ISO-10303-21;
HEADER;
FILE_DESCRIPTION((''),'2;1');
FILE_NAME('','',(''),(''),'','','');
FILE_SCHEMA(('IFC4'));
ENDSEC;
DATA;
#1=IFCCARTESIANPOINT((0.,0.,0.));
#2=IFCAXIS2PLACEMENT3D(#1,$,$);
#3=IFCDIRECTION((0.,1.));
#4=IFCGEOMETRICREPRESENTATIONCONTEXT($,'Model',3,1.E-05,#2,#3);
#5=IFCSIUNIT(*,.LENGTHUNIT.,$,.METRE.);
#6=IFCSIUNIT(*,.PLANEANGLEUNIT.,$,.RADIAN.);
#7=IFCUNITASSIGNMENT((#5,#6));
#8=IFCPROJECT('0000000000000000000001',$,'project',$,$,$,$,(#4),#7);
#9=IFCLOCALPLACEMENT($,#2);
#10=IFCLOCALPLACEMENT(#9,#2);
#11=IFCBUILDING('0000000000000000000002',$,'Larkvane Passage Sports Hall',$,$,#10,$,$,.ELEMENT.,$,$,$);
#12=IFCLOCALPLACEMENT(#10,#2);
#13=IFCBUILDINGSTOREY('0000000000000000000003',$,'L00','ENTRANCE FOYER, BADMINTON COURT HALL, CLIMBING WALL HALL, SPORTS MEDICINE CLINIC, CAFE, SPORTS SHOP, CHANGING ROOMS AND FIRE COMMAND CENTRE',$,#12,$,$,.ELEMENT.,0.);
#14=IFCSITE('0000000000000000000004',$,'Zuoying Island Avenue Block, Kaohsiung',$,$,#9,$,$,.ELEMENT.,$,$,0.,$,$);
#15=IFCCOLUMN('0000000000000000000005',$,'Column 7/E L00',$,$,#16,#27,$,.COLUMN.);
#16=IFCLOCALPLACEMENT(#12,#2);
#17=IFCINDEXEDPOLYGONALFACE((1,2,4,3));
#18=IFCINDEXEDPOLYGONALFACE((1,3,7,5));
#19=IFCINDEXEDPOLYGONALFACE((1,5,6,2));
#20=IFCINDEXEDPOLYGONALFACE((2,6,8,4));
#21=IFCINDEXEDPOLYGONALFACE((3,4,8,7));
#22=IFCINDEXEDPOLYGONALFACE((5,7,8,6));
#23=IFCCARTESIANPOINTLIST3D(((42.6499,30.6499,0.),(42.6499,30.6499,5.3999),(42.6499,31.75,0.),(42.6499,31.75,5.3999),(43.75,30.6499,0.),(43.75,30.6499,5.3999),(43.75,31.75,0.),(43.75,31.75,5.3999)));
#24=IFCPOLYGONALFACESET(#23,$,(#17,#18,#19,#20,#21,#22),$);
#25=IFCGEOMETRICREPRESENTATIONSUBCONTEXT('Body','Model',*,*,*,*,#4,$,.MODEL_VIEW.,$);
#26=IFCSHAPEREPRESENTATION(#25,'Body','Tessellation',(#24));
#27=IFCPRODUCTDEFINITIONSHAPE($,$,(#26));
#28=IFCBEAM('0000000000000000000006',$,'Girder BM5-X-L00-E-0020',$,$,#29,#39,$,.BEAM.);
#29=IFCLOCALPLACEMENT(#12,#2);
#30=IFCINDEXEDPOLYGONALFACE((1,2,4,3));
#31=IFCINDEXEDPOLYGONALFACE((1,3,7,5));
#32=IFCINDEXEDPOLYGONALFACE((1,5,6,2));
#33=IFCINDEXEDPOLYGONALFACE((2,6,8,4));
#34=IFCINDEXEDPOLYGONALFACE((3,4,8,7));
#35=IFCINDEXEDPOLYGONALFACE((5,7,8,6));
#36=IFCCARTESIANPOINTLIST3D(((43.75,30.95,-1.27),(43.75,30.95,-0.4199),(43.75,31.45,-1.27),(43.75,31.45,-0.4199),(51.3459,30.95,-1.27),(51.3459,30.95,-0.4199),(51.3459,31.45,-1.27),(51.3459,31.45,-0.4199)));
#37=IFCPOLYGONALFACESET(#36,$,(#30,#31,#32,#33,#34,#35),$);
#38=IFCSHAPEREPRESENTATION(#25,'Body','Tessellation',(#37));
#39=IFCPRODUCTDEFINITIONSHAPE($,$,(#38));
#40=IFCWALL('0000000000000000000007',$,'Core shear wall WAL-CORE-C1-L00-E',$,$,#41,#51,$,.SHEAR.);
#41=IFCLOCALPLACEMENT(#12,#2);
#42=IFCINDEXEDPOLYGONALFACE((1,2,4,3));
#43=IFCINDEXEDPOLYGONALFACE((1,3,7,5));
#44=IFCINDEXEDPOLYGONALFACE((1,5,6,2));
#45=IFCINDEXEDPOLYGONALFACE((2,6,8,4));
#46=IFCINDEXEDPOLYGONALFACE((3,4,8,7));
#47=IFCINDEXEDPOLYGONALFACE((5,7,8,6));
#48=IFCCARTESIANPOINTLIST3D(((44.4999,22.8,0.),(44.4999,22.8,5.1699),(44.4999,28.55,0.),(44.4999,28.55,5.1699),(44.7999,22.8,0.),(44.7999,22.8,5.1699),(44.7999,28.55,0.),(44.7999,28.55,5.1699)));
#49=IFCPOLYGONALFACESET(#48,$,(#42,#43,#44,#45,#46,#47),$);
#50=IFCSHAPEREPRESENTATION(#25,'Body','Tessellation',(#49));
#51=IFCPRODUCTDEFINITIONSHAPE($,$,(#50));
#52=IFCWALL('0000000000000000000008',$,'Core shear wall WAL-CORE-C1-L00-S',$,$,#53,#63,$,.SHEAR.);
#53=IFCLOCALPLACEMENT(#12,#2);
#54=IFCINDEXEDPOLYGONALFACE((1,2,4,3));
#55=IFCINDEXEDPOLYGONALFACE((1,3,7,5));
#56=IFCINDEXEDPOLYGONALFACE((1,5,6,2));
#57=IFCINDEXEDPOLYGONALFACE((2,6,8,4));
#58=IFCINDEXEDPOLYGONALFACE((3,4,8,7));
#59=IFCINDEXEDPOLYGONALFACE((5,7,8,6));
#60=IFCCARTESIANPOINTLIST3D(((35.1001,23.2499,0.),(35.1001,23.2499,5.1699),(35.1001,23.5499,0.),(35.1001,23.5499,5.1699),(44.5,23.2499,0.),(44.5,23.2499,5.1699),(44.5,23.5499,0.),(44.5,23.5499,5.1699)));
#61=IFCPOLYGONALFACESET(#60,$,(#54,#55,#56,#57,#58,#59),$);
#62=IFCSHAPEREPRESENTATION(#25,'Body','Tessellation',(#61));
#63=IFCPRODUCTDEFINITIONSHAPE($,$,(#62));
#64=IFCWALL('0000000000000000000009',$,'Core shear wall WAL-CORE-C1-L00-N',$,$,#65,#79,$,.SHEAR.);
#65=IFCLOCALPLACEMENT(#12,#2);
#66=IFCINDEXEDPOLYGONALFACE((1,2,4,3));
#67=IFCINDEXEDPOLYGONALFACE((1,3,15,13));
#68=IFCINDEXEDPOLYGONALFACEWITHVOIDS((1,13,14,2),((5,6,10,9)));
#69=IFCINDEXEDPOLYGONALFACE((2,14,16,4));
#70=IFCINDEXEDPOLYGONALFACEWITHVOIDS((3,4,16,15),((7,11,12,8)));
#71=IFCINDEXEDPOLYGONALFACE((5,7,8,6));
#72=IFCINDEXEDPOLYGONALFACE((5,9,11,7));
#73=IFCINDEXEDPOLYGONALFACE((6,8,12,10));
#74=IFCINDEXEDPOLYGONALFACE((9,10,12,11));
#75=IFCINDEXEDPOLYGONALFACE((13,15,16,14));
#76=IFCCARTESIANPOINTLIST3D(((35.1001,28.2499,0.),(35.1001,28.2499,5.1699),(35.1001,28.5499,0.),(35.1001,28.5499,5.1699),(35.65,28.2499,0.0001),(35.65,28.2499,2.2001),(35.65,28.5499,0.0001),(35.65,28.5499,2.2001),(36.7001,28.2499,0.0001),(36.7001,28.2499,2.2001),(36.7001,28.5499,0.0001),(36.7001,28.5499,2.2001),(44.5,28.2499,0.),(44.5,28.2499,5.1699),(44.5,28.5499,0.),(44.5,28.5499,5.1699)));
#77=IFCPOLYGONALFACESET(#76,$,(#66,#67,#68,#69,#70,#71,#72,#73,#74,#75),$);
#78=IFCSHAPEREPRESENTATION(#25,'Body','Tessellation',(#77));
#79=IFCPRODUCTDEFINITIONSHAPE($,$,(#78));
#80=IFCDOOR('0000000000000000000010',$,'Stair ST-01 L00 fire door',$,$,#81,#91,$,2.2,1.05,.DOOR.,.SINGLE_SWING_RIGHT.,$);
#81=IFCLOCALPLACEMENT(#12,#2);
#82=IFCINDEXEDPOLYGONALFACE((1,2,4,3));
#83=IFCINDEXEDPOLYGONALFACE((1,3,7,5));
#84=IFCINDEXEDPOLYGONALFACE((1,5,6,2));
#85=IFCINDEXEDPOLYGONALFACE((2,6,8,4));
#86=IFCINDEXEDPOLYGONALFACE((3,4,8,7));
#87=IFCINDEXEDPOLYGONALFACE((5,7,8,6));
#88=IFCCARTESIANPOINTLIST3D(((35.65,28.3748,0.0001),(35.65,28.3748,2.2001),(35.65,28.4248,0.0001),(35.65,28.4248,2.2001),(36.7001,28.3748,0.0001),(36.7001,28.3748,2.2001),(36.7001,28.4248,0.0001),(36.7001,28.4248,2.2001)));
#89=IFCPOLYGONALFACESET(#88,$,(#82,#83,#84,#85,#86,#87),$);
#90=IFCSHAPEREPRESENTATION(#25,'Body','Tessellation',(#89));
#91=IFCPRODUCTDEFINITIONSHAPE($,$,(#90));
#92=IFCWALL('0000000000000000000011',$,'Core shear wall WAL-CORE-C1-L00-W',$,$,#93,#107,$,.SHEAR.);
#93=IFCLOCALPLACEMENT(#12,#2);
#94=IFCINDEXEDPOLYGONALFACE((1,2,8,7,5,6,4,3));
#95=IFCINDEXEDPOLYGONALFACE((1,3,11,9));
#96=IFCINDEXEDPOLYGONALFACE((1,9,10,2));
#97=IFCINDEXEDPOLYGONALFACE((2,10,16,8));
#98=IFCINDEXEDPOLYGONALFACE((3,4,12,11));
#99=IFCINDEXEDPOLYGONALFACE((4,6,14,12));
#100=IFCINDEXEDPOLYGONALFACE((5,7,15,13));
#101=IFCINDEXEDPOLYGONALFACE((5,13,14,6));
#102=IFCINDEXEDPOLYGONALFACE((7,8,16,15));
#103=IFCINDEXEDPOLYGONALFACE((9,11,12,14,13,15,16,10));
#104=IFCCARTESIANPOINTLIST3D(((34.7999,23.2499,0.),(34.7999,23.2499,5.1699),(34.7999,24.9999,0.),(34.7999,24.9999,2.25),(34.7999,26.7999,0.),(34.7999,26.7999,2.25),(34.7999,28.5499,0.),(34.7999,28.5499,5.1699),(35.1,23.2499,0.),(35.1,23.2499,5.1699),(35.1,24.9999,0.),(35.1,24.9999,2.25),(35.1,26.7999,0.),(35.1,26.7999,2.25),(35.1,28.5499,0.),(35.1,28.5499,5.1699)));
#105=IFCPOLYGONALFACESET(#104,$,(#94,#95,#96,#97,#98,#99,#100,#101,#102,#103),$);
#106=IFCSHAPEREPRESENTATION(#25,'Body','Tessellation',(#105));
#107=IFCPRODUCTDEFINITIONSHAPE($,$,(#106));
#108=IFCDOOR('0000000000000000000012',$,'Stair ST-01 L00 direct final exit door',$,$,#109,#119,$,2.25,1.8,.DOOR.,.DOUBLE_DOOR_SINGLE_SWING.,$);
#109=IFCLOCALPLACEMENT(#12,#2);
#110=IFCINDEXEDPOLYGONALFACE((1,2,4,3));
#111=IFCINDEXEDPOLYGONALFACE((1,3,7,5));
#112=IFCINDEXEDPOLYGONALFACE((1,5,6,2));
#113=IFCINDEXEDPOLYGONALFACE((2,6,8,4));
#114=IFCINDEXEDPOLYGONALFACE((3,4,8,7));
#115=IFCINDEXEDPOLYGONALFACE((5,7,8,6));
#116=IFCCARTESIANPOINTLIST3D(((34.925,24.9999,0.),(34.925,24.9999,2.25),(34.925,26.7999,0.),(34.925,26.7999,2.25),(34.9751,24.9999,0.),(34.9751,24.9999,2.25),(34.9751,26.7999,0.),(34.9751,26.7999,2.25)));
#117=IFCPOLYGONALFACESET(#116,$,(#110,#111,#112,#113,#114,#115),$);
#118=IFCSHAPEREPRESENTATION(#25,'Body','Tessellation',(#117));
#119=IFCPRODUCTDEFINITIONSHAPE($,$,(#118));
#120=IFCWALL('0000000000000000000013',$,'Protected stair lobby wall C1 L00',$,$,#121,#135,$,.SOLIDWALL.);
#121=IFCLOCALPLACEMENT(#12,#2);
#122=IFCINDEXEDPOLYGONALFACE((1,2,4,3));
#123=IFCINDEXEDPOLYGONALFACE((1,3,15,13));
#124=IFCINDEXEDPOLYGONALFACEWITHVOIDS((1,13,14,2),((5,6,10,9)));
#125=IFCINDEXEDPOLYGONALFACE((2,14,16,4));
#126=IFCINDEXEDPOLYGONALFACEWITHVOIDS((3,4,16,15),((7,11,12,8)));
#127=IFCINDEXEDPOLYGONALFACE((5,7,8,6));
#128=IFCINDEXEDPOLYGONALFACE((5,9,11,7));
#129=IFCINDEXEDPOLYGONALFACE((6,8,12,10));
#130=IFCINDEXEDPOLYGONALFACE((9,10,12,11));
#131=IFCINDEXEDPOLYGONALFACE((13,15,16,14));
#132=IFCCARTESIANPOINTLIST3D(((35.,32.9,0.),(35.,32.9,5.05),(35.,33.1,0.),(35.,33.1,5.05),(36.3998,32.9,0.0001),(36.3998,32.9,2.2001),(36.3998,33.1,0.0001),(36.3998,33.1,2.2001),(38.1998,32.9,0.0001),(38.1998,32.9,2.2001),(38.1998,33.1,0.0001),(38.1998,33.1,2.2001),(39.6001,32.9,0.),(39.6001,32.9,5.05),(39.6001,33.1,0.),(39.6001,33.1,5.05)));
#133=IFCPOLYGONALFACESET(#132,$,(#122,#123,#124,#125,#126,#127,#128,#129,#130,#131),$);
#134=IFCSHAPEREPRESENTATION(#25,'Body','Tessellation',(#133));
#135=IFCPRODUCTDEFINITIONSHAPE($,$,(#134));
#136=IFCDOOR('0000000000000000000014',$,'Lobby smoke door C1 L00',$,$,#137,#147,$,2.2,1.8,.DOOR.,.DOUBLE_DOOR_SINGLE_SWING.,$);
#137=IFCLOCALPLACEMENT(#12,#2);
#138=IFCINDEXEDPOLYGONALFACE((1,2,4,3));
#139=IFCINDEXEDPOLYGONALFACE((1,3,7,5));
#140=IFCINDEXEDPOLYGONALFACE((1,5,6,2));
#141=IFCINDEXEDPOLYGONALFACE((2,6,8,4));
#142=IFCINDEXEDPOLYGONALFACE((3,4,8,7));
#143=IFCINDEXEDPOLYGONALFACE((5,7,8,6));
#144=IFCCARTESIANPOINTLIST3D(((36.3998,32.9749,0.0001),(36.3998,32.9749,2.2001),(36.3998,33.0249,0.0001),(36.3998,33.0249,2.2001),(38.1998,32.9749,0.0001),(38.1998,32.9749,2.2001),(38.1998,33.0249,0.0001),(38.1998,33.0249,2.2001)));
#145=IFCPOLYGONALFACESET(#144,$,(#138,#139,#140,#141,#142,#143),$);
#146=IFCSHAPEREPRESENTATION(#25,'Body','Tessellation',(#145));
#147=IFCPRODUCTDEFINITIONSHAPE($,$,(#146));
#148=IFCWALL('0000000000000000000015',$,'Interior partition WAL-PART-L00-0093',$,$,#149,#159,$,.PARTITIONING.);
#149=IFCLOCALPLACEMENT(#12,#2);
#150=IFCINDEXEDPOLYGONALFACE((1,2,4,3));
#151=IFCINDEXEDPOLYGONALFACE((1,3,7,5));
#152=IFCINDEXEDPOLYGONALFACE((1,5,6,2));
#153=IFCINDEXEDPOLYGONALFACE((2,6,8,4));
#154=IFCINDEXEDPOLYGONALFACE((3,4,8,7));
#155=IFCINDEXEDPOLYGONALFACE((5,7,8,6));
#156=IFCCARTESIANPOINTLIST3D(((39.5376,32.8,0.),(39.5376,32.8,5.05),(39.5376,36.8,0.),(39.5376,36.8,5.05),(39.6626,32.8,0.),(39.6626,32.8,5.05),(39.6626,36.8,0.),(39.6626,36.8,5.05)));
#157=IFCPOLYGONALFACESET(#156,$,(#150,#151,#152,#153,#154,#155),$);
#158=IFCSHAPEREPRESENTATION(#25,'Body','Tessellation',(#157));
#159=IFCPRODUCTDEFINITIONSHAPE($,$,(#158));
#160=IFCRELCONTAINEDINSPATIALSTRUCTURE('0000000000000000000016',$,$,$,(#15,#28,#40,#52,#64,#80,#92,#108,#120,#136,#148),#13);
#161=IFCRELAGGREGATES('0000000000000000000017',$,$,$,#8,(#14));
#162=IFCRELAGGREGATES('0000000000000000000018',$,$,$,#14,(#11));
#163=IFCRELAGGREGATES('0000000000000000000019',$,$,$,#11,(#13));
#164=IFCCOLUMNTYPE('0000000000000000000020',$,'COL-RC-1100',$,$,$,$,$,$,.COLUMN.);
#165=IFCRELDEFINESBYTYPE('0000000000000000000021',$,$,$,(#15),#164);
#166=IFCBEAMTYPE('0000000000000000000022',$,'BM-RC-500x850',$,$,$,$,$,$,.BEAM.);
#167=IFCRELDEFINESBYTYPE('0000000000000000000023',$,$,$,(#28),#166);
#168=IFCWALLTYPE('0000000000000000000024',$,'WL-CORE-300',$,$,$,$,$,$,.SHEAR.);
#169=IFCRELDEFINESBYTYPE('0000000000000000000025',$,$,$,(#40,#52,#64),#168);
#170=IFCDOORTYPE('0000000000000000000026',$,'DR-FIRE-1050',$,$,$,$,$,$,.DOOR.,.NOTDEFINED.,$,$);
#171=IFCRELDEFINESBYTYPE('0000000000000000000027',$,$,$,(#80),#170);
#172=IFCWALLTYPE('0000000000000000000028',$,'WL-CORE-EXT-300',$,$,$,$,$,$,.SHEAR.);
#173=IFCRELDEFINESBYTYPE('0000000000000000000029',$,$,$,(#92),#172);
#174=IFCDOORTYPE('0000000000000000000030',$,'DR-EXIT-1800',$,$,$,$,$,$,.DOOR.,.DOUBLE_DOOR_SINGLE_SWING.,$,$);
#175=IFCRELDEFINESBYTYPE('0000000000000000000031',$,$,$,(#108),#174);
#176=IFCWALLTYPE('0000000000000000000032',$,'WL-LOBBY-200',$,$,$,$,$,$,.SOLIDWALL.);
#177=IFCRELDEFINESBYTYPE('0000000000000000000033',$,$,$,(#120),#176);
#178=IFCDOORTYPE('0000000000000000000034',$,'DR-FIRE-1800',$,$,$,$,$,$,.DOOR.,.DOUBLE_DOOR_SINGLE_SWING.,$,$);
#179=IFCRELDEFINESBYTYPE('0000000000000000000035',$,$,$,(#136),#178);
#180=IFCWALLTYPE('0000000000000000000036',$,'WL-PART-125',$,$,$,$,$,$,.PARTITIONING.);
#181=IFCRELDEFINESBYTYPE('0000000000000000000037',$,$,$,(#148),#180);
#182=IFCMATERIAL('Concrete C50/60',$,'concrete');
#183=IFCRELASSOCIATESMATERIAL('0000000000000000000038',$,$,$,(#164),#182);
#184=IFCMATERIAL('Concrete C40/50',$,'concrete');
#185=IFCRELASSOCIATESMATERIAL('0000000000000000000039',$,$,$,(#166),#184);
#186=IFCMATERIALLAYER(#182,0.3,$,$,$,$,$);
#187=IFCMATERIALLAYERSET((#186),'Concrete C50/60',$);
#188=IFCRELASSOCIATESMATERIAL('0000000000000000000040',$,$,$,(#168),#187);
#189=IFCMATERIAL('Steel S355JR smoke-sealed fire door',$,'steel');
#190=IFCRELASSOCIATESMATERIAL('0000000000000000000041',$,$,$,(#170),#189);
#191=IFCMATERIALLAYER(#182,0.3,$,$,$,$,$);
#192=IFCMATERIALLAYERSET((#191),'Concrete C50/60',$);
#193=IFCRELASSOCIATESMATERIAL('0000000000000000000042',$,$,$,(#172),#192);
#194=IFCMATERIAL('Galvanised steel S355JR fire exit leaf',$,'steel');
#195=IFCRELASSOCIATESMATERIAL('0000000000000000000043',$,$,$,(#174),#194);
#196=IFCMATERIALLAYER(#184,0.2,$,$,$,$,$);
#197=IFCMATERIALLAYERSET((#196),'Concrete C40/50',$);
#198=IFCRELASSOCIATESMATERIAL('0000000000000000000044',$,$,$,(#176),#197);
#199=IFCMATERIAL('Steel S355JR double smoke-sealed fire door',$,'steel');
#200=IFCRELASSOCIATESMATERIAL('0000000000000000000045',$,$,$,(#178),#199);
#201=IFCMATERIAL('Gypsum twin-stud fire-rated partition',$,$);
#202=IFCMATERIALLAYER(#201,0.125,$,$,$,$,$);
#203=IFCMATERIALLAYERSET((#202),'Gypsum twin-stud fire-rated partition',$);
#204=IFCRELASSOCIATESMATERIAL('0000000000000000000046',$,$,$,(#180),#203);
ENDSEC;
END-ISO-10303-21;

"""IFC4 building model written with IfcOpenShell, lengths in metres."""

from ifc_helpers import new_model, si_unit, direction, frame, frame_2d, origin, origin_2d, place, context, subcontext, project, spatial, rectangle, extrude, material, layer, layer_set, material_profile, profile_set, type_object, element, fill, save


model = new_model("IFC4")

# Units and contexts
model_context = context("Model", 3, precision=1e-05, world=origin(), true_north=direction((0.0, 1.0)))
body_context = subcontext(model_context, "Body", "Model", "MODEL_VIEW")
ifc_project = project(units=[si_unit("LENGTHUNIT", "METRE"), si_unit("PLANEANGLEUNIT", "RADIAN")], contexts=[model_context])

# Site, building, storey
site_placement = place(None, origin())
site = spatial("IfcSite", under=ifc_project, at=site_placement, Name="Zuoying Island Avenue Block, Kaohsiung", CompositionType="ELEMENT", RefElevation=0.0)
building_placement = place(site_placement, origin())
building = spatial("IfcBuilding", under=site, at=building_placement, Name="Larkvane Passage Sports Hall", CompositionType="ELEMENT")
storey_placement = place(building_placement, origin())
storey = spatial("IfcBuildingStorey", under=building, at=storey_placement, Name="L00", Description="ENTRANCE FOYER, BADMINTON COURT HALL, CLIMBING WALL HALL, SPORTS MEDICINE CLINIC, CAFE, SPORTS SHOP, CHANGING ROOMS AND FIRE COMMAND CENTRE", CompositionType="ELEMENT", Elevation=0.0)

# Column
ifc_material_1 = material(Name="Concrete C50/60", Category="concrete")
ifc_material_profile_1 = material_profile(ifc_material_1, rectangle(XDim=1.1001, YDim=1.1001, at=origin_2d()), Name="RC-COL-1100x1100")
ifc_profile_set_1 = profile_set([ifc_material_profile_1], Name="Concrete C50/60")
column_type = type_object("IfcColumnType", Name="COL-RC-1100", PredefinedType="COLUMN", material=ifc_profile_set_1)
column_placement = place(storey_placement, frame((43.2, 31.2, 0.0), z_axis=(0.0, 0.0, 1.0), x_axis=(1.0, 0.0, 0.0)))
element("IfcColumn", 1, at=column_placement, inside=storey, type_object=column_type, Name="Column 7/E L00", PredefinedType="COLUMN", context=body_context, shape_type="SweptSolid", body=[
    extrude(rectangle(XDim=1.1001, YDim=1.1001, at=origin_2d()), origin(), (0.0, 0.0, 1.0), 5.3999),
])

# Beam
ifc_material_2 = material(Name="Concrete C40/50", Category="concrete")
ifc_material_profile_2 = material_profile(ifc_material_2, rectangle(XDim=0.5, YDim=0.8501, at=origin_2d()), Name="RC-BM-500x850")
ifc_profile_set_2 = profile_set([ifc_material_profile_2], Name="Concrete C40/50")
beam_type = type_object("IfcBeamType", Name="BM-RC-500x850", PredefinedType="BEAM", material=ifc_profile_set_2)
beam_placement = place(storey_placement, frame((43.75, 31.2, -0.845), z_axis=(1.0, 0.0, 0.0), x_axis=(0.0, 1.0, 0.0)))
element("IfcBeam", 2, at=beam_placement, inside=storey, type_object=beam_type, Name="Girder BM5-X-L00-E-0020", PredefinedType="BEAM", context=body_context, shape_type="SweptSolid", body=[
    extrude(rectangle(XDim=0.5, YDim=0.8501, at=origin_2d()), origin(), (0.0, 0.0, 1.0), 7.5959),
])

# Walls
ifc_layer_1 = layer(ifc_material_1, 0.3)
ifc_layer_set_1 = layer_set([ifc_layer_1], Name="Concrete C50/60")
wall_type_1 = type_object("IfcWallType", Name="WL-CORE-300", PredefinedType="SHEAR", material=ifc_layer_set_1)
wall_1_placement = place(storey_placement, frame((44.6499, 28.55, 0.0), z_axis=(0.0, 0.0, 1.0), x_axis=(0.0, -1.0, 0.0)))
element("IfcWall", 3, at=wall_1_placement, inside=storey, type_object=wall_type_1, Name="Core shear wall WAL-CORE-C1-L00-E", PredefinedType="SHEAR", context=body_context, shape_type="SweptSolid", body=[
    extrude(rectangle(XDim=5.75, YDim=0.3, at=frame_2d((2.875, 0.0))), origin(), (0.0, 0.0, 1.0), 5.1699),
])
wall_2_placement = place(storey_placement, frame((44.5, 23.3999, 0.0), z_axis=(0.0, 0.0, 1.0), x_axis=(-1.0, 0.0, 0.0)))
element("IfcWall", 4, at=wall_2_placement, inside=storey, type_object=wall_type_1, Name="Core shear wall WAL-CORE-C1-L00-S", PredefinedType="SHEAR", context=body_context, shape_type="SweptSolid", body=[
    extrude(rectangle(XDim=9.3999, YDim=0.3, at=frame_2d((4.7, 0.0))), origin(), (0.0, 0.0, 1.0), 5.1699),
])

# Walls, openings, doors
wall_3_placement = place(storey_placement, frame((35.1001, 28.3999, 0.0), z_axis=(0.0, 0.0, 1.0), x_axis=(1.0, 0.0, 0.0)))
wall_3 = element("IfcWall", 5, at=wall_3_placement, inside=storey, type_object=wall_type_1, Name="Core shear wall WAL-CORE-C1-L00-N", PredefinedType="SHEAR", context=body_context, shape_type="SweptSolid", body=[
    extrude(rectangle(XDim=9.3999, YDim=0.3, at=frame_2d((4.7, 0.0))), origin(), (0.0, 0.0, 1.0), 5.1699),
])
opening_1_placement = place(wall_3_placement, frame((0.55, 0.0, 0.0)))
opening_1 = element("IfcOpeningElement", 6, at=opening_1_placement, cuts=wall_3, PredefinedType="OPENING", context=body_context, shape_type="SweptSolid", body=[
    extrude(rectangle(XDim=1.05, YDim=2.2, at=frame_2d((0.5249, 1.1001))), frame((0.0, 0.1599, 0.0), z_axis=(0.0, -1.0, 0.0), x_axis=(1.0, 0.0, 0.0)), (0.0, 0.0, 1.0), 0.3201),
])
ifc_material_3 = material(Name="Steel S355JR smoke-sealed fire door", Category="steel")
door_type_1 = type_object("IfcDoorType", Name="DR-FIRE-1050", OperationType="NOTDEFINED", PredefinedType="DOOR", material=ifc_material_3)
door_1_placement = place(opening_1_placement, origin())
door_1 = element("IfcDoor", 7, at=door_1_placement, inside=storey, type_object=door_type_1, Name="Stair ST-01 L00 fire door", OperationType="SINGLE_SWING_RIGHT", OverallHeight=2.2, OverallWidth=1.05, PredefinedType="DOOR", context=body_context, shape_type="SweptSolid", body=[
    extrude(rectangle(XDim=1.05, YDim=2.2, at=frame_2d((0.5249, 1.1001))), frame((0.0, 0.0249, 0.0), z_axis=(0.0, -1.0, 0.0), x_axis=(1.0, 0.0, 0.0)), (0.0, 0.0, 1.0), 0.05),
])
fill(opening_1, door_1)
ifc_layer_2 = layer(ifc_material_1, 0.3)
ifc_layer_set_2 = layer_set([ifc_layer_2], Name="Concrete C50/60")
wall_type_2 = type_object("IfcWallType", Name="WL-CORE-EXT-300", PredefinedType="SHEAR", material=ifc_layer_set_2)
wall_4_placement = place(storey_placement, frame((34.95, 23.25, 0.0), z_axis=(0.0, 0.0, 1.0), x_axis=(0.0, 1.0, 0.0)))
wall_4 = element("IfcWall", 8, at=wall_4_placement, inside=storey, type_object=wall_type_2, Name="Core shear wall WAL-CORE-C1-L00-W", PredefinedType="SHEAR", context=body_context, shape_type="SweptSolid", body=[
    extrude(rectangle(XDim=5.3, YDim=0.3, at=frame_2d((2.6499, 0.0))), origin(), (0.0, 0.0, 1.0), 5.1699),
])
opening_2_placement = place(wall_4_placement, frame((1.75, 0.0, 0.0)))
opening_2 = element("IfcOpeningElement", 9, at=opening_2_placement, cuts=wall_4, PredefinedType="OPENING", context=body_context, shape_type="SweptSolid", body=[
    extrude(rectangle(XDim=1.8, YDim=2.25, at=frame_2d((0.8999, 1.125))), frame((0.0, 0.1599, 0.0), z_axis=(0.0, -1.0, 0.0), x_axis=(1.0, 0.0, 0.0)), (0.0, 0.0, 1.0), 0.3201),
])
ifc_material_4 = material(Name="Galvanised steel S355JR fire exit leaf", Category="steel")
door_type_2 = type_object("IfcDoorType", Name="DR-EXIT-1800", OperationType="DOUBLE_DOOR_SINGLE_SWING", PredefinedType="DOOR", material=ifc_material_4)
door_2_placement = place(opening_2_placement, origin())
door_2 = element("IfcDoor", 10, at=door_2_placement, inside=storey, type_object=door_type_2, Name="Stair ST-01 L00 direct final exit door", OperationType="DOUBLE_DOOR_SINGLE_SWING", OverallHeight=2.25, OverallWidth=1.8, PredefinedType="DOOR", context=body_context, shape_type="SweptSolid", body=[
    extrude(rectangle(XDim=1.8, YDim=2.25, at=frame_2d((0.8999, 1.125))), frame((0.0, 0.0249, 0.0), z_axis=(0.0, -1.0, 0.0), x_axis=(1.0, 0.0, 0.0)), (0.0, 0.0, 1.0), 0.05),
])
fill(opening_2, door_2)
ifc_layer_3 = layer(ifc_material_2, 0.2)
ifc_layer_set_3 = layer_set([ifc_layer_3], Name="Concrete C40/50")
wall_type_3 = type_object("IfcWallType", Name="WL-LOBBY-200", PredefinedType="SOLIDWALL", material=ifc_layer_set_3)
wall_5_placement = place(storey_placement, frame((35.0, 33.0, 0.0), z_axis=(0.0, 0.0, 1.0), x_axis=(1.0, 0.0, 0.0)))
wall_5 = element("IfcWall", 11, at=wall_5_placement, inside=storey, type_object=wall_type_3, Name="Protected stair lobby wall C1 L00", PredefinedType="SOLIDWALL", context=body_context, shape_type="SweptSolid", body=[
    extrude(rectangle(XDim=4.6001, YDim=0.2, at=frame_2d((2.3, 0.0))), origin(), (0.0, 0.0, 1.0), 5.05),
])
opening_3_placement = place(wall_5_placement, frame((1.3999, 0.0, 0.0)))
opening_3 = element("IfcOpeningElement", 12, at=opening_3_placement, cuts=wall_5, PredefinedType="OPENING", context=body_context, shape_type="SweptSolid", body=[
    extrude(rectangle(XDim=1.8, YDim=2.2, at=frame_2d((0.8999, 1.1001))), frame((0.0, 0.1099, 0.0), z_axis=(0.0, -1.0, 0.0), x_axis=(1.0, 0.0, 0.0)), (0.0, 0.0, 1.0), 0.22),
])
ifc_material_5 = material(Name="Steel S355JR double smoke-sealed fire door", Category="steel")
door_type_3 = type_object("IfcDoorType", Name="DR-FIRE-1800", OperationType="DOUBLE_DOOR_SINGLE_SWING", PredefinedType="DOOR", material=ifc_material_5)
door_3_placement = place(opening_3_placement, origin())
door_3 = element("IfcDoor", 13, at=door_3_placement, inside=storey, type_object=door_type_3, Name="Lobby smoke door C1 L00", OperationType="DOUBLE_DOOR_SINGLE_SWING", OverallHeight=2.2, OverallWidth=1.8, PredefinedType="DOOR", context=body_context, shape_type="SweptSolid", body=[
    extrude(rectangle(XDim=1.8, YDim=2.2, at=frame_2d((0.8999, 1.1001))), frame((0.0, 0.0249, 0.0), z_axis=(0.0, -1.0, 0.0), x_axis=(1.0, 0.0, 0.0)), (0.0, 0.0, 1.0), 0.05),
])
fill(opening_3, door_3)

# Wall
ifc_material_6 = material(Name="Gypsum twin-stud fire-rated partition")
ifc_layer_4 = layer(ifc_material_6, 0.125)
ifc_layer_set_4 = layer_set([ifc_layer_4], Name="Gypsum twin-stud fire-rated partition")
wall_type_4 = type_object("IfcWallType", Name="WL-PART-125", PredefinedType="PARTITIONING", material=ifc_layer_set_4)
wall_6_placement = place(storey_placement, frame((39.6001, 32.8, 0.0), z_axis=(0.0, 0.0, 1.0), x_axis=(0.0, 1.0, 0.0)))
element("IfcWall", 14, at=wall_6_placement, inside=storey, type_object=wall_type_4, Name="Interior partition WAL-PART-L00-0093", PredefinedType="PARTITIONING", context=body_context, shape_type="SweptSolid", body=[
    extrude(rectangle(XDim=4.0, YDim=0.125, at=frame_2d((2.0, 0.0))), origin(), (0.0, 0.0, 1.0), 5.05),
])

save(model, "model.ifc")
